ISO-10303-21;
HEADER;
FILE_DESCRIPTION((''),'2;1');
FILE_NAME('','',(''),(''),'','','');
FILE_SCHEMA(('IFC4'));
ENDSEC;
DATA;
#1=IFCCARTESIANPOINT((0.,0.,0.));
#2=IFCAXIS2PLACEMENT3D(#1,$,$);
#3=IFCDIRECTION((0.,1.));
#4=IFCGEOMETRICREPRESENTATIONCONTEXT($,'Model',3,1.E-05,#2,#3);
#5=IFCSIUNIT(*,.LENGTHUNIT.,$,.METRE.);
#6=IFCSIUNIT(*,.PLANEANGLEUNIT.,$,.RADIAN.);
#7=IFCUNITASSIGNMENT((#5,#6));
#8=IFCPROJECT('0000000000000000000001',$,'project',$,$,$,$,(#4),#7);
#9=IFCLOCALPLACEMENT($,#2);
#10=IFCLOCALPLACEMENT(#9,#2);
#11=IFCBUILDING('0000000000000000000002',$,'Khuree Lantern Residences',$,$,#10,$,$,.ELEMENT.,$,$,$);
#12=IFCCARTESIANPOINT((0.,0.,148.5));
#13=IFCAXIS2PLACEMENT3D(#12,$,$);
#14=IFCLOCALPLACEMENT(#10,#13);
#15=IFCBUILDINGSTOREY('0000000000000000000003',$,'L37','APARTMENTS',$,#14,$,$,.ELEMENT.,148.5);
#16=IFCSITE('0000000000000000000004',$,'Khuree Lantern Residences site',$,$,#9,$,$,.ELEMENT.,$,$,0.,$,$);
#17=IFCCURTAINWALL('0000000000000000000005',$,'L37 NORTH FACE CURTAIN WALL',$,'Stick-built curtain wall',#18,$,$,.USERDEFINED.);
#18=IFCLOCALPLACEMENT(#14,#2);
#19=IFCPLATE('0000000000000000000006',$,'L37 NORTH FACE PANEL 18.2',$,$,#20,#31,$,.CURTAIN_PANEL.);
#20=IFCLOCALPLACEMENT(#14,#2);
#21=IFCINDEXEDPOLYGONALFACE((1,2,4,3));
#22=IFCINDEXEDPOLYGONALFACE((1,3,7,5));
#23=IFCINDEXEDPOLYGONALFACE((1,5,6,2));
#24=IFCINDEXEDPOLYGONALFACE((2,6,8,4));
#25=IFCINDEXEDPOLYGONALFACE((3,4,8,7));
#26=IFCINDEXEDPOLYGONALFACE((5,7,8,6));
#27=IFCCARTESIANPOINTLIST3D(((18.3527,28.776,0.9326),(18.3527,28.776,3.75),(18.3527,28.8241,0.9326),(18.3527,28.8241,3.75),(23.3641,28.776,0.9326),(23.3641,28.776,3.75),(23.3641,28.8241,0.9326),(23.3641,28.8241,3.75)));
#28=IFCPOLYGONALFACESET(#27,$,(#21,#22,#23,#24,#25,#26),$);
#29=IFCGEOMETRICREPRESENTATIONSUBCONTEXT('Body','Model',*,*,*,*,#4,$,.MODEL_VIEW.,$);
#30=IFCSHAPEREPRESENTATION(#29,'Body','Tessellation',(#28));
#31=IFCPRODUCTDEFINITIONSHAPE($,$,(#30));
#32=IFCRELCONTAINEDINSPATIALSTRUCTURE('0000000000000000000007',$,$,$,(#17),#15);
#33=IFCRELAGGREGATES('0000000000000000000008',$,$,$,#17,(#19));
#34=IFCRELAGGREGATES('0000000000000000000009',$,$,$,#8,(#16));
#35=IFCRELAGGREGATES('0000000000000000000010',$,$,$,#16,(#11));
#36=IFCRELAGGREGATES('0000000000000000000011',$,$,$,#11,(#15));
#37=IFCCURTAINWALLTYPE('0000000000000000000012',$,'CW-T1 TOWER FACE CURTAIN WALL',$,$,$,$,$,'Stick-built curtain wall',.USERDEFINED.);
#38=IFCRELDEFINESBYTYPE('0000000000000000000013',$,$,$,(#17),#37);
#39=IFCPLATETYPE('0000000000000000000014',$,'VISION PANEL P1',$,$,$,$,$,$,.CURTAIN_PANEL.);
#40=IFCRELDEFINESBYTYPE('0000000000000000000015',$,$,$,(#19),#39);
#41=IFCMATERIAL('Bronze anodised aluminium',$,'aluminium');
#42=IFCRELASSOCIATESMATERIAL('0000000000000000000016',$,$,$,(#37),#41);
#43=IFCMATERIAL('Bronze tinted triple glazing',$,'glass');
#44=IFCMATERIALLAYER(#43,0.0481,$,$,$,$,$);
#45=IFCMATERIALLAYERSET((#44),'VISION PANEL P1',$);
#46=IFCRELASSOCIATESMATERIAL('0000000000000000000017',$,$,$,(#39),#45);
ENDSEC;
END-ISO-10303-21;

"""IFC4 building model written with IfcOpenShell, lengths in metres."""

from ifc_helpers import new_model, si_unit, direction, frame, origin, origin_2d, place, context, subcontext, project, spatial, rectangle, extrude, material, layer, layer_set, type_object, element, aggregate, save


model = new_model("IFC4")

# Units and contexts
model_context = context("Model", 3, precision=1e-05, world=origin(), true_north=direction((0.0, 1.0)))
body_context = subcontext(model_context, "Body", "Model", "MODEL_VIEW")
ifc_project = project(units=[si_unit("LENGTHUNIT", "METRE"), si_unit("PLANEANGLEUNIT", "RADIAN")], contexts=[model_context])

# Site, building, storey
site_placement = place(None, origin())
site = spatial("IfcSite", under=ifc_project, at=site_placement, Name="Khuree Lantern Residences site", CompositionType="ELEMENT", RefElevation=0.0)
building_placement = place(site_placement, origin())
building = spatial("IfcBuilding", under=site, at=building_placement, Name="Khuree Lantern Residences", CompositionType="ELEMENT")
storey_placement = place(building_placement, frame((0.0, 0.0, 148.5)))
storey = spatial("IfcBuildingStorey", under=building, at=storey_placement, Name="L37", Description="APARTMENTS", CompositionType="ELEMENT", Elevation=148.5)

# Curtain wall
ifc_material_1 = material(Name="Bronze anodised aluminium", Category="aluminium")
curtain_wall_type_1 = type_object("IfcCurtainWallType", Name="CW-T1 TOWER FACE CURTAIN WALL", ElementType="Stick-built curtain wall", PredefinedType="USERDEFINED", material=ifc_material_1)
curtain_wall_1_placement = place(storey_placement, origin())
curtain_wall_1 = element("IfcCurtainWall", 1, at=curtain_wall_1_placement, inside=storey, type_object=curtain_wall_type_1, Name="L37 NORTH FACE CURTAIN WALL", ObjectType="Stick-built curtain wall", PredefinedType="USERDEFINED")

# Plate
ifc_material_2 = material(Name="Bronze tinted triple glazing", Category="glass")
ifc_layer_1 = layer(ifc_material_2, 0.0481)
ifc_layer_set_1 = layer_set([ifc_layer_1], Name="VISION PANEL P1")
plate_type_1 = type_object("IfcPlateType", Name="VISION PANEL P1", PredefinedType="CURTAIN_PANEL", material=ifc_layer_set_1)
plate_1_placement = place(storey_placement, frame((20.8584, 28.8, 0.9326), z_axis=(0.0, 0.0, 1.0), x_axis=(-1.0, 0.0, 0.0)))
plate_1 = element("IfcPlate", 2, at=plate_1_placement, type_object=plate_type_1, Name="L37 NORTH FACE PANEL 18.2", PredefinedType="CURTAIN_PANEL", context=body_context, shape_type="SweptSolid", body=[
    extrude(rectangle(XDim=5.0115, YDim=0.0481, at=origin_2d()), origin(), (0.0, 0.0, 1.0), 2.8174),
])
aggregate(curtain_wall_1, [plate_1])

save(model, "model.ifc")
